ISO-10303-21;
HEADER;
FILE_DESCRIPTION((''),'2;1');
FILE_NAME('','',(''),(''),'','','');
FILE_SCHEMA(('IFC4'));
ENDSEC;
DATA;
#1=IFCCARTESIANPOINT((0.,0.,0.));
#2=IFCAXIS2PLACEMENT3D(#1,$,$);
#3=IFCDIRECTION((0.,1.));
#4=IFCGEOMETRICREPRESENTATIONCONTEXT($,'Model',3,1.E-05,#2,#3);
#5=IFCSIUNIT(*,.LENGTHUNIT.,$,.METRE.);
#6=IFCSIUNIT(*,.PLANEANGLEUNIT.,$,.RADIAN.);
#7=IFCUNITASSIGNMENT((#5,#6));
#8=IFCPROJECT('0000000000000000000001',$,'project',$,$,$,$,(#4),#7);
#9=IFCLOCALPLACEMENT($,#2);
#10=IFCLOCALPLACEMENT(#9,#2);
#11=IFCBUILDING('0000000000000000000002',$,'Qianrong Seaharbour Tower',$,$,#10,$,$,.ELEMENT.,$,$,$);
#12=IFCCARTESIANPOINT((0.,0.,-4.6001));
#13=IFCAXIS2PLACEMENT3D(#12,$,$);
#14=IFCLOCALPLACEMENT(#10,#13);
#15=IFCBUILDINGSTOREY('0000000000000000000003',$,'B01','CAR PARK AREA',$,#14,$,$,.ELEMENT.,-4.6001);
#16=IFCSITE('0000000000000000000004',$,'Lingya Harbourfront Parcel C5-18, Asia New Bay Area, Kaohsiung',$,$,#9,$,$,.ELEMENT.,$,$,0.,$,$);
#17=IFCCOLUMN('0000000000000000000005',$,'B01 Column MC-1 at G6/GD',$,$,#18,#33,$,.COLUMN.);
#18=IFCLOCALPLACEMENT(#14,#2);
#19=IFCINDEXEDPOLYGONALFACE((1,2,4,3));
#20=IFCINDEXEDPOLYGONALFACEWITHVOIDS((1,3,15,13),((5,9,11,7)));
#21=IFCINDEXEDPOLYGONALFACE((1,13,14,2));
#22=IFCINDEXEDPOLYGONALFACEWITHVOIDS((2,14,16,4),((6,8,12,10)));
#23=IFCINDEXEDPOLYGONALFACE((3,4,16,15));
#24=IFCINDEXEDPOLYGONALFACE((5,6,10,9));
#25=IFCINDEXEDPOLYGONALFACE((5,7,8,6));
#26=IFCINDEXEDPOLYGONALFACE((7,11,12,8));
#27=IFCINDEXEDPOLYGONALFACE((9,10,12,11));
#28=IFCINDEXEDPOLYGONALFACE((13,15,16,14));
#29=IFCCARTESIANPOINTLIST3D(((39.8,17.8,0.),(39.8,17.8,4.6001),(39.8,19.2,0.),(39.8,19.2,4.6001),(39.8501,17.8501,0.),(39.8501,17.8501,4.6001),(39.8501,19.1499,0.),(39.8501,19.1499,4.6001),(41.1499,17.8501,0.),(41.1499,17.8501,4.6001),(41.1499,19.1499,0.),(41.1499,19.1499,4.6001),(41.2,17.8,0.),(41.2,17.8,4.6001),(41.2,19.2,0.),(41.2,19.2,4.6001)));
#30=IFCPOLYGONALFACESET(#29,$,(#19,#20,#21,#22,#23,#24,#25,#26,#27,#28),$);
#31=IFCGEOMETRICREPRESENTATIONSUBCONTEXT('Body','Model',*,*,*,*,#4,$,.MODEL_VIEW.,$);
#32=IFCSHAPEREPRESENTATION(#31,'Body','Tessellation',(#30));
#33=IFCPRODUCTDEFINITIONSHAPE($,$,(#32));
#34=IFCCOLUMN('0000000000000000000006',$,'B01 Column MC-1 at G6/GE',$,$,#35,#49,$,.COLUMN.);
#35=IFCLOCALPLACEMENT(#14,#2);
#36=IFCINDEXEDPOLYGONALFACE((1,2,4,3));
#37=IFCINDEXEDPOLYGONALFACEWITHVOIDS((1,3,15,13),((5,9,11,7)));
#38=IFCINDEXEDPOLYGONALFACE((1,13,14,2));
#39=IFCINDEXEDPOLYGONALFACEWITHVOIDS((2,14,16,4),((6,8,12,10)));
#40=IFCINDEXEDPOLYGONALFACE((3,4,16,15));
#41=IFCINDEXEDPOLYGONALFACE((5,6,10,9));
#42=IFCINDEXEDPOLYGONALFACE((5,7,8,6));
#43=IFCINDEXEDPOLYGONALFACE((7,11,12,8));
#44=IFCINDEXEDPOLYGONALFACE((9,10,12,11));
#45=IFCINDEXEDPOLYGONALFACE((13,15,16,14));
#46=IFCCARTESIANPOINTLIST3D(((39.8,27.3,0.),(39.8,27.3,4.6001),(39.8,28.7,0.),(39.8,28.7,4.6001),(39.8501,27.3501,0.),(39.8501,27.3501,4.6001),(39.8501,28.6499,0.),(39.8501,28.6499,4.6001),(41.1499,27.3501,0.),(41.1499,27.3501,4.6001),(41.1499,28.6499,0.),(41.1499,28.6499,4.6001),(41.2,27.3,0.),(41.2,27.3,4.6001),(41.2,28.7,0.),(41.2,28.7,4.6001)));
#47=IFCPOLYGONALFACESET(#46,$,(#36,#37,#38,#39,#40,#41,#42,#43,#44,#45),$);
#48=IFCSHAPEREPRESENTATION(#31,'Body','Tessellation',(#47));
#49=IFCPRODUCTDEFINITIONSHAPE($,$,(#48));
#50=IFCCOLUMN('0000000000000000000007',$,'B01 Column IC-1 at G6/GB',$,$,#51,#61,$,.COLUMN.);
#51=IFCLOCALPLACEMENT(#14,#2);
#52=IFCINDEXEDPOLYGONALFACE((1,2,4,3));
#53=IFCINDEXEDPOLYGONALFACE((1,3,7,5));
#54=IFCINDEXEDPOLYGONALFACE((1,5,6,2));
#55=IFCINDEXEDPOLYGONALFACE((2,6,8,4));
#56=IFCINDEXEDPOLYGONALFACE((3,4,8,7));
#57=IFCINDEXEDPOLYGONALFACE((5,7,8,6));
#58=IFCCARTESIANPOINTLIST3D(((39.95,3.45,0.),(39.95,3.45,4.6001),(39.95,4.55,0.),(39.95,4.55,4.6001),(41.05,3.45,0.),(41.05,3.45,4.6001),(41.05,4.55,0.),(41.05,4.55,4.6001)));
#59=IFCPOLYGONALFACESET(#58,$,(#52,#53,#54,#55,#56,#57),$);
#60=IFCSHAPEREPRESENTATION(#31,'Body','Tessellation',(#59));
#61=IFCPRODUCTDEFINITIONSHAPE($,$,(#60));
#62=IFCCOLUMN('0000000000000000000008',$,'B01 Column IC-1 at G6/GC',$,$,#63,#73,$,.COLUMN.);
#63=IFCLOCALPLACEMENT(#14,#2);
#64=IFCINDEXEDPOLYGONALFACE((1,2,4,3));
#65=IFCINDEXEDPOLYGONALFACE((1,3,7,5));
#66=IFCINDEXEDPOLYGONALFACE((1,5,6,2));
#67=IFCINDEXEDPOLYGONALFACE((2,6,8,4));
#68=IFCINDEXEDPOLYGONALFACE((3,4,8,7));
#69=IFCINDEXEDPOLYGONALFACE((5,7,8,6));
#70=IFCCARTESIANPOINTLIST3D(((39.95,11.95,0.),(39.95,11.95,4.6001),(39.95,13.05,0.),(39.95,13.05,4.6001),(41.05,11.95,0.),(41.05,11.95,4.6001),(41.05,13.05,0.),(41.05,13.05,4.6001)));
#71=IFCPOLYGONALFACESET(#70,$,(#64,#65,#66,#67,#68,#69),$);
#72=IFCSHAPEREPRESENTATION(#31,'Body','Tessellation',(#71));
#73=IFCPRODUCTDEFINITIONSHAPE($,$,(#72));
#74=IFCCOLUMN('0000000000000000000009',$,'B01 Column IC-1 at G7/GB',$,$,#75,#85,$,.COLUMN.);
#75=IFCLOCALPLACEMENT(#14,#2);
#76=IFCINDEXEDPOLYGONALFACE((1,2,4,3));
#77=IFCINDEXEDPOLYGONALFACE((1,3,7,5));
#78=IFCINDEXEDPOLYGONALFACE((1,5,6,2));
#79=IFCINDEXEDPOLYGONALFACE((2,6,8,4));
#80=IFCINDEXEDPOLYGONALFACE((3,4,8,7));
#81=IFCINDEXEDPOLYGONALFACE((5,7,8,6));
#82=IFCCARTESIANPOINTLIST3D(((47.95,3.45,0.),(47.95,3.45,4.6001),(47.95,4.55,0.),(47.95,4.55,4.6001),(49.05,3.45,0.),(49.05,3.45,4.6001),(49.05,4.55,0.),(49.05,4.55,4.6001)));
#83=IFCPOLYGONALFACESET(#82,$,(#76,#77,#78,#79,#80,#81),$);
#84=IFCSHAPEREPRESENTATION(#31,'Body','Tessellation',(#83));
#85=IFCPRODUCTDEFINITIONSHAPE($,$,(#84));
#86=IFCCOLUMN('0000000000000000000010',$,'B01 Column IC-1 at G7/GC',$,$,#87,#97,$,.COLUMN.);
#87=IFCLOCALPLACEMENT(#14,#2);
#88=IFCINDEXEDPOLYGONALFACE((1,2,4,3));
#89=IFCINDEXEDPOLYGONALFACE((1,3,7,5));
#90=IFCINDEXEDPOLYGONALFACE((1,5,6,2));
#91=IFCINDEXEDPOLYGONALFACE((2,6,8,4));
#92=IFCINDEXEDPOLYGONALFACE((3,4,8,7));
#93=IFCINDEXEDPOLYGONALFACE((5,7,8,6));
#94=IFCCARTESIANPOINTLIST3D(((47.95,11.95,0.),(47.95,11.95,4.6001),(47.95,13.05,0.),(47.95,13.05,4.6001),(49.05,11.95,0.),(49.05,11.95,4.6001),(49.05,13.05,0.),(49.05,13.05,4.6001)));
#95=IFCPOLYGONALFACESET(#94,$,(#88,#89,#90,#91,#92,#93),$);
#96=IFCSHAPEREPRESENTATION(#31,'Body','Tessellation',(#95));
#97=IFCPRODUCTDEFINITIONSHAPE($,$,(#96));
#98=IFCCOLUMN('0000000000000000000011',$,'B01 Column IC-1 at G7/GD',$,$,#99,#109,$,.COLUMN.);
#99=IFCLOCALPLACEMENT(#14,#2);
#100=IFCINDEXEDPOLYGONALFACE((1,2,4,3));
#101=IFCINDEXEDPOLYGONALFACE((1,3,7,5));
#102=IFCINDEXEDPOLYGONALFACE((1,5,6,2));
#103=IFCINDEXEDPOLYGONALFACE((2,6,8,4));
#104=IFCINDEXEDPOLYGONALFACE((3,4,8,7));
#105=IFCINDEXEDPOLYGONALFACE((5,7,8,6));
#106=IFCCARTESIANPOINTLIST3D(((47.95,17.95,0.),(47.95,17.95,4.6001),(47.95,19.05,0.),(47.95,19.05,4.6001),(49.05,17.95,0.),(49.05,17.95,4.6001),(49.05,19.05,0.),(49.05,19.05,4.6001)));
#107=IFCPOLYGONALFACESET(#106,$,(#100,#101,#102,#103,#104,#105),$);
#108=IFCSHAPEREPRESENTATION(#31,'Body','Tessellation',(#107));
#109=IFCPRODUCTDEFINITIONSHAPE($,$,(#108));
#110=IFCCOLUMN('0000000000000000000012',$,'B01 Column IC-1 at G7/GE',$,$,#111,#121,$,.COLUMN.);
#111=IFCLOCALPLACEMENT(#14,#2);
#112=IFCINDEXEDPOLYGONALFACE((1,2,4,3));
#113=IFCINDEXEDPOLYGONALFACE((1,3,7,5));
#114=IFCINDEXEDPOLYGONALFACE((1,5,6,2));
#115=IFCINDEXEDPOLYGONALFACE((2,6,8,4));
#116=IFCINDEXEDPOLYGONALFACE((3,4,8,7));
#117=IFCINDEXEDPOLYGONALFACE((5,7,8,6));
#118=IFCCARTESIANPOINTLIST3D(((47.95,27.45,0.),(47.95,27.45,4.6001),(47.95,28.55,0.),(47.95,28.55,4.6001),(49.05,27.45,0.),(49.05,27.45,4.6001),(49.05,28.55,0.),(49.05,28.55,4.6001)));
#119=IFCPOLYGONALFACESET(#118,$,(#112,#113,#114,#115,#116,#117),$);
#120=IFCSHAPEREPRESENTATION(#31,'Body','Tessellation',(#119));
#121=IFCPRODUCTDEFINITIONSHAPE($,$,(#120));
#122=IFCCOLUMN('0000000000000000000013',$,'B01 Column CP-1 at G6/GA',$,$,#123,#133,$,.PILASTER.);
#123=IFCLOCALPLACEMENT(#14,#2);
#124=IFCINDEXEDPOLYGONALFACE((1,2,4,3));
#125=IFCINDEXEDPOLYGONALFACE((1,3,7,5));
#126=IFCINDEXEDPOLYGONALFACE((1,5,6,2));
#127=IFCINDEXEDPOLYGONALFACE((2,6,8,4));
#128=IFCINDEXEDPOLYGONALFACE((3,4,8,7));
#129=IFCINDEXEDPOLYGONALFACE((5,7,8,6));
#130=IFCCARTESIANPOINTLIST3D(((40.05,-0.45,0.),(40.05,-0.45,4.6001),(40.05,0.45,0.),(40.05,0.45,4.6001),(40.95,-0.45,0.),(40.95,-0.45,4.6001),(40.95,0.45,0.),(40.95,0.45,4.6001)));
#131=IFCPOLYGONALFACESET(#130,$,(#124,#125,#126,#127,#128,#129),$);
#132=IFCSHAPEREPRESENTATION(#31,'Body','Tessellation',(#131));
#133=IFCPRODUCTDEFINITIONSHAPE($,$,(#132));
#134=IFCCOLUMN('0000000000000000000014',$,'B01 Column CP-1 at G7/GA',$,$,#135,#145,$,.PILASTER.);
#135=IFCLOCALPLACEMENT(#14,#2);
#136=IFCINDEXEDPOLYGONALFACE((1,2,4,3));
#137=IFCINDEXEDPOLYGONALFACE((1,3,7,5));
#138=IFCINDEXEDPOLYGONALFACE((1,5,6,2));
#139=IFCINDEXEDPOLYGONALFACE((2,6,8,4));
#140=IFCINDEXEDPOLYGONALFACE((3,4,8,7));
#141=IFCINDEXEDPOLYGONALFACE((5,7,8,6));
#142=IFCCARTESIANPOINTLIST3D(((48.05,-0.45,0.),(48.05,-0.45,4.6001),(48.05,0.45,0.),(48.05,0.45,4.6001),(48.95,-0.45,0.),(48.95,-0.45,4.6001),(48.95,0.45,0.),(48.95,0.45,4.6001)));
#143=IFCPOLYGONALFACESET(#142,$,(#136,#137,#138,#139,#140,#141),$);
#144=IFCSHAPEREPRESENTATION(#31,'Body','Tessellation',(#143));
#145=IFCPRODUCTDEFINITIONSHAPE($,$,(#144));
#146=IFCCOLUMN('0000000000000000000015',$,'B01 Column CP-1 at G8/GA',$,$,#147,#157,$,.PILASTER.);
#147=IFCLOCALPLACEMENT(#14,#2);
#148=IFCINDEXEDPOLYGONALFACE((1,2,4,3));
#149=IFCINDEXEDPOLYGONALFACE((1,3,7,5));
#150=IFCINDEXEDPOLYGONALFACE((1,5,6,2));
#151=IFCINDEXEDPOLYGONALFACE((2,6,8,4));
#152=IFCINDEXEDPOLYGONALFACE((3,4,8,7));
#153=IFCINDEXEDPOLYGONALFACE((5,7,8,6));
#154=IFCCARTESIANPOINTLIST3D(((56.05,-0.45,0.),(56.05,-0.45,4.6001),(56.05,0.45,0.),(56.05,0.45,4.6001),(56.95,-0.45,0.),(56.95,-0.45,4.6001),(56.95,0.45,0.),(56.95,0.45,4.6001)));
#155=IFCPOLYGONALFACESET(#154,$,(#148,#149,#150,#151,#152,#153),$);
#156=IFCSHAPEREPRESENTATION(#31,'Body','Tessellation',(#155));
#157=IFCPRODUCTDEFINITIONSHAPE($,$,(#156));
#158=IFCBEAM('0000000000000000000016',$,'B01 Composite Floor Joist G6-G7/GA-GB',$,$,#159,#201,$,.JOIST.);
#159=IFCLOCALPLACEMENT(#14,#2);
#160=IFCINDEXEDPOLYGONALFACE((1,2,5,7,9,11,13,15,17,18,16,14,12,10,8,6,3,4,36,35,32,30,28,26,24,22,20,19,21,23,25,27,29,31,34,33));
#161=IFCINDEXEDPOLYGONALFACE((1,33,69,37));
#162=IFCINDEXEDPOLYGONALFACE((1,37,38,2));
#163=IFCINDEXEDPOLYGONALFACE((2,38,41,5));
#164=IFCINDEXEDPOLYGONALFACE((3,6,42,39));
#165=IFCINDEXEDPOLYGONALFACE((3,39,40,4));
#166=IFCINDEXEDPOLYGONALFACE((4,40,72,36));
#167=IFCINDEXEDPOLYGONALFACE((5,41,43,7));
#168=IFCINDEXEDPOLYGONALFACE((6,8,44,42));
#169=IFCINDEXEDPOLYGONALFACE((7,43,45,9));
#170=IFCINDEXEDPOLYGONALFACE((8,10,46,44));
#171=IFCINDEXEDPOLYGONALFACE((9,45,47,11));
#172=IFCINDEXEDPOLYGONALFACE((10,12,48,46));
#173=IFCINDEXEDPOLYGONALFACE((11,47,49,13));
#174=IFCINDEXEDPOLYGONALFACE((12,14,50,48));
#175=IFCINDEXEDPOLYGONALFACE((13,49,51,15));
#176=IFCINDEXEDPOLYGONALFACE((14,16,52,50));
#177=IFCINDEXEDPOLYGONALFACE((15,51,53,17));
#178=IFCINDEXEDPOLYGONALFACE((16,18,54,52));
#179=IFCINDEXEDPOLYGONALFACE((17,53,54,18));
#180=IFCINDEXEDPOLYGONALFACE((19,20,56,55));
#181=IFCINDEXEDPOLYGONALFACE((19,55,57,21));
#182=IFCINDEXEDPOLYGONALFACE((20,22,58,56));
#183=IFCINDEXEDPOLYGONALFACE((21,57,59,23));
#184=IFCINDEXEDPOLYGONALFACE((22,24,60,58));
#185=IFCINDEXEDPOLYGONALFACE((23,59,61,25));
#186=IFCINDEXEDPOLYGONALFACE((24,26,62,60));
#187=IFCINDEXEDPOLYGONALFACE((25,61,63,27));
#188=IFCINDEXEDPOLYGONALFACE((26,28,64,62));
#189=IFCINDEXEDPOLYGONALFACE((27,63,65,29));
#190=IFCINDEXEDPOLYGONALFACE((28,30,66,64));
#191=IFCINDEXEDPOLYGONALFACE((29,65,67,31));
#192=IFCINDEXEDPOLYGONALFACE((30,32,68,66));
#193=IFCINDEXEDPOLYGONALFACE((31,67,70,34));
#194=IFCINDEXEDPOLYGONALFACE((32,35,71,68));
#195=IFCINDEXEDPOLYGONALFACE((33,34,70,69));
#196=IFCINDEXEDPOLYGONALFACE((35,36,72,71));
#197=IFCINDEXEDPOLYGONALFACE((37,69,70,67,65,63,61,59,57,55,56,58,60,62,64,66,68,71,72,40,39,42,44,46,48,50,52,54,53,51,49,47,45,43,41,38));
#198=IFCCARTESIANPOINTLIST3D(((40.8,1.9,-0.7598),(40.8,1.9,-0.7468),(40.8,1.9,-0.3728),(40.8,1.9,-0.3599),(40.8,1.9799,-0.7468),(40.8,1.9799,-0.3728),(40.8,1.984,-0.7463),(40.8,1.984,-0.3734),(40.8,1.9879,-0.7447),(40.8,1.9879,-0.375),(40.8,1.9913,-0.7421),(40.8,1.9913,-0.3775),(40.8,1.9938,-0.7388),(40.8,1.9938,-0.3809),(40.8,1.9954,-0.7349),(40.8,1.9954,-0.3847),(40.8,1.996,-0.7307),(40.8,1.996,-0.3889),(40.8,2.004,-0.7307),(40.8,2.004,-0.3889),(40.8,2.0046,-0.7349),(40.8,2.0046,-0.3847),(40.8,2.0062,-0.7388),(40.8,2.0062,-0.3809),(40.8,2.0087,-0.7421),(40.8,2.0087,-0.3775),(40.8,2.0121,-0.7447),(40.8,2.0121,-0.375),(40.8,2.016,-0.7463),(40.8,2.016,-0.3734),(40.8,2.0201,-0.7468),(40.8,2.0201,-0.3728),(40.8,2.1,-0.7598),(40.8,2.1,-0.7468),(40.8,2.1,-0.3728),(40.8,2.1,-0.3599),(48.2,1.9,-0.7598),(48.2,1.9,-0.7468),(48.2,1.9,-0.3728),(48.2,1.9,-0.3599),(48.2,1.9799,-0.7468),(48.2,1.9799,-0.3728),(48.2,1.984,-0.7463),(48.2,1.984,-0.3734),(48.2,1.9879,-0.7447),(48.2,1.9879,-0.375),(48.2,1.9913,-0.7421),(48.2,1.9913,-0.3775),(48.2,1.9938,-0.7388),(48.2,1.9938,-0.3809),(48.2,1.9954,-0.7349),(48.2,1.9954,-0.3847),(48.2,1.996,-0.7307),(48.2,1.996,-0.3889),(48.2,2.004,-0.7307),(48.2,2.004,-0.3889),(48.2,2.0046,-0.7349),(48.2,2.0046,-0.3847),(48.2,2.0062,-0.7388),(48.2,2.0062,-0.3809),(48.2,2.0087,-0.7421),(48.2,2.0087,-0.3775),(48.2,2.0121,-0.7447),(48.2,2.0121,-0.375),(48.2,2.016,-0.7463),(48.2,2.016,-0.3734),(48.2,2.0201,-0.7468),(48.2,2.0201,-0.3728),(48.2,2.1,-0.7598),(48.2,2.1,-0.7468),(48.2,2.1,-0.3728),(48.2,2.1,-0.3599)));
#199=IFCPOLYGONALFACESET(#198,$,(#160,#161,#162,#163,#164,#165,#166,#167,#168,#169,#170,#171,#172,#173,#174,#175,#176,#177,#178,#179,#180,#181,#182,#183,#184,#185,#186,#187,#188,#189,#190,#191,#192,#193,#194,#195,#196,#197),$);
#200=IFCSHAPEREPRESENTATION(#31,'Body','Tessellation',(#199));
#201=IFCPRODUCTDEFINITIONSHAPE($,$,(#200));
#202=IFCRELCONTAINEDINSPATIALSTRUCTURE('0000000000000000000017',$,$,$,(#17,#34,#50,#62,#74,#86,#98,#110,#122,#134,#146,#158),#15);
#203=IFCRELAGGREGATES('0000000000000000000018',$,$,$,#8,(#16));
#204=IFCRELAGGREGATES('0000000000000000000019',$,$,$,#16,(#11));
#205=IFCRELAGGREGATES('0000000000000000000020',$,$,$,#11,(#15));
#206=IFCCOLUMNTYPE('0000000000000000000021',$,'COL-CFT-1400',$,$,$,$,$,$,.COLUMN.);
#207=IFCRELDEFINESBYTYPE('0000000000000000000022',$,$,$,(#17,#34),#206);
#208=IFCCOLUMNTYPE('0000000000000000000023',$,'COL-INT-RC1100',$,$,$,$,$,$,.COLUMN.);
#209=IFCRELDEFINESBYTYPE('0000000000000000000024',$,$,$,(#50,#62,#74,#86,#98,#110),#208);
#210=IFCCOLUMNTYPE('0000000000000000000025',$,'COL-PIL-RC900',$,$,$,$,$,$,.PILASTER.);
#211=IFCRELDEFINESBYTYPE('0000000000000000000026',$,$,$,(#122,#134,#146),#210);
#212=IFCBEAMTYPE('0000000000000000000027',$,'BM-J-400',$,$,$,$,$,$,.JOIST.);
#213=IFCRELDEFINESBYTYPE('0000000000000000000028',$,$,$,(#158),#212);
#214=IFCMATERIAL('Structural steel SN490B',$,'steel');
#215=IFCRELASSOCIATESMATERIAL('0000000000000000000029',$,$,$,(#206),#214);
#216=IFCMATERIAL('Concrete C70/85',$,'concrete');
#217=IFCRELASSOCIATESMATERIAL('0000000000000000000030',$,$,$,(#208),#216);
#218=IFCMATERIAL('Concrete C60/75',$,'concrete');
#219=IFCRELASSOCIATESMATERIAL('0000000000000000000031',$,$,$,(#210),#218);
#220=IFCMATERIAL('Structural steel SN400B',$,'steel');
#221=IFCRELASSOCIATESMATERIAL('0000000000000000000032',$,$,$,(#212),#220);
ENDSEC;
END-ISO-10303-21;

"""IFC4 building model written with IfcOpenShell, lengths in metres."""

from ifc_helpers import new_model, si_unit, direction, frame, origin, origin_2d, place, context, subcontext, project, spatial, rectangle, hollow_rectangle, i_section, extrude, material, material_profile, profile_set, type_object, element, save


model = new_model("IFC4")

# Units and contexts
model_context = context("Model", 3, precision=1e-05, world=origin(), true_north=direction((0.0, 1.0)))
body_context = subcontext(model_context, "Body", "Model", "MODEL_VIEW")
ifc_project = project(units=[si_unit("LENGTHUNIT", "METRE"), si_unit("PLANEANGLEUNIT", "RADIAN")], contexts=[model_context])

# Site, building, storey
site_placement = place(None, origin())
site = spatial("IfcSite", under=ifc_project, at=site_placement, Name="Lingya Harbourfront Parcel C5-18, Asia New Bay Area, Kaohsiung", CompositionType="ELEMENT", RefElevation=0.0)
building_placement = place(site_placement, origin())
building = spatial("IfcBuilding", under=site, at=building_placement, Name="Qianrong Seaharbour Tower", CompositionType="ELEMENT")
storey_placement = place(building_placement, frame((0.0, 0.0, -4.6001)))
storey = spatial("IfcBuildingStorey", under=building, at=storey_placement, Name="B01", Description="CAR PARK AREA", CompositionType="ELEMENT", Elevation=-4.6001)

# Columns
ifc_material_1 = material(Name="Structural steel SN490B", Category="steel")
ifc_material_profile_1 = material_profile(ifc_material_1, hollow_rectangle(XDim=1.3999, YDim=1.3999, WallThickness=0.05, at=origin_2d()), Name="BOX1400x1400x50")
ifc_profile_set_1 = profile_set([ifc_material_profile_1], Name="Structural steel SN490B")
column_type_1 = type_object("IfcColumnType", Name="COL-CFT-1400", PredefinedType="COLUMN", material=ifc_profile_set_1)
for number, where, z_axis, x_axis, name in (
    (1, (40.5, 18.5, 0.0), (0.0, 0.0, 1.0), (1.0, 0.0, 0.0), "B01 Column MC-1 at G6/GD"),
    (2, (40.5, 28.0, 0.0), (0.0, 0.0, 1.0), (1.0, 0.0, 0.0), "B01 Column MC-1 at G6/GE"),
):
    element("IfcColumn", number, at=place(storey_placement, frame(where, z_axis=z_axis, x_axis=x_axis)), inside=storey, type_object=column_type_1, Name=name, PredefinedType="COLUMN", context=body_context, shape_type="SweptSolid", body=[
        extrude(hollow_rectangle(XDim=1.3999, YDim=1.3999, WallThickness=0.05, at=origin_2d()), origin(), (0.0, 0.0, 1.0), 4.6001),
    ])
ifc_material_2 = material(Name="Concrete C70/85", Category="concrete")
ifc_material_profile_2 = material_profile(ifc_material_2, rectangle(XDim=1.1001, YDim=1.1001, at=origin_2d()), Name="RC1100x1100")
ifc_profile_set_2 = profile_set([ifc_material_profile_2], Name="Concrete C70/85")
column_type_2 = type_object("IfcColumnType", Name="COL-INT-RC1100", PredefinedType="COLUMN", material=ifc_profile_set_2)
for number, where, z_axis, x_axis, name in (
    (3, (40.5, 4.0, 0.0), (0.0, 0.0, 1.0), (1.0, 0.0, 0.0), "B01 Column IC-1 at G6/GB"),
    (4, (40.5, 12.5, 0.0), (0.0, 0.0, 1.0), (1.0, 0.0, 0.0), "B01 Column IC-1 at G6/GC"),
    (5, (48.5, 4.0, 0.0), (0.0, 0.0, 1.0), (1.0, 0.0, 0.0), "B01 Column IC-1 at G7/GB"),
    (6, (48.5, 12.5, 0.0), (0.0, 0.0, 1.0), (1.0, 0.0, 0.0), "B01 Column IC-1 at G7/GC"),
    (7, (48.5, 18.5, 0.0), (0.0, 0.0, 1.0), (1.0, 0.0, 0.0), "B01 Column IC-1 at G7/GD"),
    (8, (48.5, 28.0, 0.0), (0.0, 0.0, 1.0), (1.0, 0.0, 0.0), "B01 Column IC-1 at G7/GE"),
):
    element("IfcColumn", number, at=place(storey_placement, frame(where, z_axis=z_axis, x_axis=x_axis)), inside=storey, type_object=column_type_2, Name=name, PredefinedType="COLUMN", context=body_context, shape_type="SweptSolid", body=[
        extrude(rectangle(XDim=1.1001, YDim=1.1001, at=origin_2d()), origin(), (0.0, 0.0, 1.0), 4.6001),
    ])
ifc_material_3 = material(Name="Concrete C60/75", Category="concrete")
ifc_material_profile_3 = material_profile(ifc_material_3, rectangle(XDim=0.8999, YDim=0.8999, at=origin_2d()), Name="RC900x900")
ifc_profile_set_3 = profile_set([ifc_material_profile_3], Name="Concrete C60/75")
column_type_3 = type_object("IfcColumnType", Name="COL-PIL-RC900", PredefinedType="PILASTER", material=ifc_profile_set_3)
for number, where, z_axis, x_axis, name in (
    (9, (40.5, 0.0, 0.0), (0.0, 0.0, 1.0), (1.0, 0.0, 0.0), "B01 Column CP-1 at G6/GA"),
    (10, (48.5, 0.0, 0.0), (0.0, 0.0, 1.0), (1.0, 0.0, 0.0), "B01 Column CP-1 at G7/GA"),
    (11, (56.5, 0.0, 0.0), (0.0, 0.0, 1.0), (1.0, 0.0, 0.0), "B01 Column CP-1 at G8/GA"),
):
    element("IfcColumn", number, at=place(storey_placement, frame(where, z_axis=z_axis, x_axis=x_axis)), inside=storey, type_object=column_type_3, Name=name, PredefinedType="PILASTER", context=body_context, shape_type="SweptSolid", body=[
        extrude(rectangle(XDim=0.8999, YDim=0.8999, at=origin_2d()), origin(), (0.0, 0.0, 1.0), 4.6001),
    ])

# Beam
ifc_material_4 = material(Name="Structural steel SN400B", Category="steel")
ifc_material_profile_4 = material_profile(ifc_material_4, i_section(OverallWidth=0.2, OverallDepth=0.3999, WebThickness=0.0081, FlangeThickness=0.0129, FilletRadius=0.0161, at=origin_2d()), Name="H400x200x8x13")
ifc_profile_set_4 = profile_set([ifc_material_profile_4], Name="Structural steel SN400B")
beam_type_1 = type_object("IfcBeamType", Name="BM-J-400", PredefinedType="JOIST", material=ifc_profile_set_4)
for number, where, z_axis, x_axis, name in (
    (12, (40.8, 2.0, -0.5598), (1.0, 0.0, 0.0), (0.0, 1.0, 0.0), "B01 Composite Floor Joist G6-G7/GA-GB"),
):
    element("IfcBeam", number, at=place(storey_placement, frame(where, z_axis=z_axis, x_axis=x_axis)), inside=storey, type_object=beam_type_1, Name=name, PredefinedType="JOIST", context=body_context, shape_type="SweptSolid", body=[
        extrude(i_section(OverallWidth=0.2, OverallDepth=0.3999, WebThickness=0.0081, FlangeThickness=0.0129, FilletRadius=0.0161, at=origin_2d()), origin(), (0.0, 0.0, 1.0), 7.3999),
    ])

save(model, "model.ifc")
